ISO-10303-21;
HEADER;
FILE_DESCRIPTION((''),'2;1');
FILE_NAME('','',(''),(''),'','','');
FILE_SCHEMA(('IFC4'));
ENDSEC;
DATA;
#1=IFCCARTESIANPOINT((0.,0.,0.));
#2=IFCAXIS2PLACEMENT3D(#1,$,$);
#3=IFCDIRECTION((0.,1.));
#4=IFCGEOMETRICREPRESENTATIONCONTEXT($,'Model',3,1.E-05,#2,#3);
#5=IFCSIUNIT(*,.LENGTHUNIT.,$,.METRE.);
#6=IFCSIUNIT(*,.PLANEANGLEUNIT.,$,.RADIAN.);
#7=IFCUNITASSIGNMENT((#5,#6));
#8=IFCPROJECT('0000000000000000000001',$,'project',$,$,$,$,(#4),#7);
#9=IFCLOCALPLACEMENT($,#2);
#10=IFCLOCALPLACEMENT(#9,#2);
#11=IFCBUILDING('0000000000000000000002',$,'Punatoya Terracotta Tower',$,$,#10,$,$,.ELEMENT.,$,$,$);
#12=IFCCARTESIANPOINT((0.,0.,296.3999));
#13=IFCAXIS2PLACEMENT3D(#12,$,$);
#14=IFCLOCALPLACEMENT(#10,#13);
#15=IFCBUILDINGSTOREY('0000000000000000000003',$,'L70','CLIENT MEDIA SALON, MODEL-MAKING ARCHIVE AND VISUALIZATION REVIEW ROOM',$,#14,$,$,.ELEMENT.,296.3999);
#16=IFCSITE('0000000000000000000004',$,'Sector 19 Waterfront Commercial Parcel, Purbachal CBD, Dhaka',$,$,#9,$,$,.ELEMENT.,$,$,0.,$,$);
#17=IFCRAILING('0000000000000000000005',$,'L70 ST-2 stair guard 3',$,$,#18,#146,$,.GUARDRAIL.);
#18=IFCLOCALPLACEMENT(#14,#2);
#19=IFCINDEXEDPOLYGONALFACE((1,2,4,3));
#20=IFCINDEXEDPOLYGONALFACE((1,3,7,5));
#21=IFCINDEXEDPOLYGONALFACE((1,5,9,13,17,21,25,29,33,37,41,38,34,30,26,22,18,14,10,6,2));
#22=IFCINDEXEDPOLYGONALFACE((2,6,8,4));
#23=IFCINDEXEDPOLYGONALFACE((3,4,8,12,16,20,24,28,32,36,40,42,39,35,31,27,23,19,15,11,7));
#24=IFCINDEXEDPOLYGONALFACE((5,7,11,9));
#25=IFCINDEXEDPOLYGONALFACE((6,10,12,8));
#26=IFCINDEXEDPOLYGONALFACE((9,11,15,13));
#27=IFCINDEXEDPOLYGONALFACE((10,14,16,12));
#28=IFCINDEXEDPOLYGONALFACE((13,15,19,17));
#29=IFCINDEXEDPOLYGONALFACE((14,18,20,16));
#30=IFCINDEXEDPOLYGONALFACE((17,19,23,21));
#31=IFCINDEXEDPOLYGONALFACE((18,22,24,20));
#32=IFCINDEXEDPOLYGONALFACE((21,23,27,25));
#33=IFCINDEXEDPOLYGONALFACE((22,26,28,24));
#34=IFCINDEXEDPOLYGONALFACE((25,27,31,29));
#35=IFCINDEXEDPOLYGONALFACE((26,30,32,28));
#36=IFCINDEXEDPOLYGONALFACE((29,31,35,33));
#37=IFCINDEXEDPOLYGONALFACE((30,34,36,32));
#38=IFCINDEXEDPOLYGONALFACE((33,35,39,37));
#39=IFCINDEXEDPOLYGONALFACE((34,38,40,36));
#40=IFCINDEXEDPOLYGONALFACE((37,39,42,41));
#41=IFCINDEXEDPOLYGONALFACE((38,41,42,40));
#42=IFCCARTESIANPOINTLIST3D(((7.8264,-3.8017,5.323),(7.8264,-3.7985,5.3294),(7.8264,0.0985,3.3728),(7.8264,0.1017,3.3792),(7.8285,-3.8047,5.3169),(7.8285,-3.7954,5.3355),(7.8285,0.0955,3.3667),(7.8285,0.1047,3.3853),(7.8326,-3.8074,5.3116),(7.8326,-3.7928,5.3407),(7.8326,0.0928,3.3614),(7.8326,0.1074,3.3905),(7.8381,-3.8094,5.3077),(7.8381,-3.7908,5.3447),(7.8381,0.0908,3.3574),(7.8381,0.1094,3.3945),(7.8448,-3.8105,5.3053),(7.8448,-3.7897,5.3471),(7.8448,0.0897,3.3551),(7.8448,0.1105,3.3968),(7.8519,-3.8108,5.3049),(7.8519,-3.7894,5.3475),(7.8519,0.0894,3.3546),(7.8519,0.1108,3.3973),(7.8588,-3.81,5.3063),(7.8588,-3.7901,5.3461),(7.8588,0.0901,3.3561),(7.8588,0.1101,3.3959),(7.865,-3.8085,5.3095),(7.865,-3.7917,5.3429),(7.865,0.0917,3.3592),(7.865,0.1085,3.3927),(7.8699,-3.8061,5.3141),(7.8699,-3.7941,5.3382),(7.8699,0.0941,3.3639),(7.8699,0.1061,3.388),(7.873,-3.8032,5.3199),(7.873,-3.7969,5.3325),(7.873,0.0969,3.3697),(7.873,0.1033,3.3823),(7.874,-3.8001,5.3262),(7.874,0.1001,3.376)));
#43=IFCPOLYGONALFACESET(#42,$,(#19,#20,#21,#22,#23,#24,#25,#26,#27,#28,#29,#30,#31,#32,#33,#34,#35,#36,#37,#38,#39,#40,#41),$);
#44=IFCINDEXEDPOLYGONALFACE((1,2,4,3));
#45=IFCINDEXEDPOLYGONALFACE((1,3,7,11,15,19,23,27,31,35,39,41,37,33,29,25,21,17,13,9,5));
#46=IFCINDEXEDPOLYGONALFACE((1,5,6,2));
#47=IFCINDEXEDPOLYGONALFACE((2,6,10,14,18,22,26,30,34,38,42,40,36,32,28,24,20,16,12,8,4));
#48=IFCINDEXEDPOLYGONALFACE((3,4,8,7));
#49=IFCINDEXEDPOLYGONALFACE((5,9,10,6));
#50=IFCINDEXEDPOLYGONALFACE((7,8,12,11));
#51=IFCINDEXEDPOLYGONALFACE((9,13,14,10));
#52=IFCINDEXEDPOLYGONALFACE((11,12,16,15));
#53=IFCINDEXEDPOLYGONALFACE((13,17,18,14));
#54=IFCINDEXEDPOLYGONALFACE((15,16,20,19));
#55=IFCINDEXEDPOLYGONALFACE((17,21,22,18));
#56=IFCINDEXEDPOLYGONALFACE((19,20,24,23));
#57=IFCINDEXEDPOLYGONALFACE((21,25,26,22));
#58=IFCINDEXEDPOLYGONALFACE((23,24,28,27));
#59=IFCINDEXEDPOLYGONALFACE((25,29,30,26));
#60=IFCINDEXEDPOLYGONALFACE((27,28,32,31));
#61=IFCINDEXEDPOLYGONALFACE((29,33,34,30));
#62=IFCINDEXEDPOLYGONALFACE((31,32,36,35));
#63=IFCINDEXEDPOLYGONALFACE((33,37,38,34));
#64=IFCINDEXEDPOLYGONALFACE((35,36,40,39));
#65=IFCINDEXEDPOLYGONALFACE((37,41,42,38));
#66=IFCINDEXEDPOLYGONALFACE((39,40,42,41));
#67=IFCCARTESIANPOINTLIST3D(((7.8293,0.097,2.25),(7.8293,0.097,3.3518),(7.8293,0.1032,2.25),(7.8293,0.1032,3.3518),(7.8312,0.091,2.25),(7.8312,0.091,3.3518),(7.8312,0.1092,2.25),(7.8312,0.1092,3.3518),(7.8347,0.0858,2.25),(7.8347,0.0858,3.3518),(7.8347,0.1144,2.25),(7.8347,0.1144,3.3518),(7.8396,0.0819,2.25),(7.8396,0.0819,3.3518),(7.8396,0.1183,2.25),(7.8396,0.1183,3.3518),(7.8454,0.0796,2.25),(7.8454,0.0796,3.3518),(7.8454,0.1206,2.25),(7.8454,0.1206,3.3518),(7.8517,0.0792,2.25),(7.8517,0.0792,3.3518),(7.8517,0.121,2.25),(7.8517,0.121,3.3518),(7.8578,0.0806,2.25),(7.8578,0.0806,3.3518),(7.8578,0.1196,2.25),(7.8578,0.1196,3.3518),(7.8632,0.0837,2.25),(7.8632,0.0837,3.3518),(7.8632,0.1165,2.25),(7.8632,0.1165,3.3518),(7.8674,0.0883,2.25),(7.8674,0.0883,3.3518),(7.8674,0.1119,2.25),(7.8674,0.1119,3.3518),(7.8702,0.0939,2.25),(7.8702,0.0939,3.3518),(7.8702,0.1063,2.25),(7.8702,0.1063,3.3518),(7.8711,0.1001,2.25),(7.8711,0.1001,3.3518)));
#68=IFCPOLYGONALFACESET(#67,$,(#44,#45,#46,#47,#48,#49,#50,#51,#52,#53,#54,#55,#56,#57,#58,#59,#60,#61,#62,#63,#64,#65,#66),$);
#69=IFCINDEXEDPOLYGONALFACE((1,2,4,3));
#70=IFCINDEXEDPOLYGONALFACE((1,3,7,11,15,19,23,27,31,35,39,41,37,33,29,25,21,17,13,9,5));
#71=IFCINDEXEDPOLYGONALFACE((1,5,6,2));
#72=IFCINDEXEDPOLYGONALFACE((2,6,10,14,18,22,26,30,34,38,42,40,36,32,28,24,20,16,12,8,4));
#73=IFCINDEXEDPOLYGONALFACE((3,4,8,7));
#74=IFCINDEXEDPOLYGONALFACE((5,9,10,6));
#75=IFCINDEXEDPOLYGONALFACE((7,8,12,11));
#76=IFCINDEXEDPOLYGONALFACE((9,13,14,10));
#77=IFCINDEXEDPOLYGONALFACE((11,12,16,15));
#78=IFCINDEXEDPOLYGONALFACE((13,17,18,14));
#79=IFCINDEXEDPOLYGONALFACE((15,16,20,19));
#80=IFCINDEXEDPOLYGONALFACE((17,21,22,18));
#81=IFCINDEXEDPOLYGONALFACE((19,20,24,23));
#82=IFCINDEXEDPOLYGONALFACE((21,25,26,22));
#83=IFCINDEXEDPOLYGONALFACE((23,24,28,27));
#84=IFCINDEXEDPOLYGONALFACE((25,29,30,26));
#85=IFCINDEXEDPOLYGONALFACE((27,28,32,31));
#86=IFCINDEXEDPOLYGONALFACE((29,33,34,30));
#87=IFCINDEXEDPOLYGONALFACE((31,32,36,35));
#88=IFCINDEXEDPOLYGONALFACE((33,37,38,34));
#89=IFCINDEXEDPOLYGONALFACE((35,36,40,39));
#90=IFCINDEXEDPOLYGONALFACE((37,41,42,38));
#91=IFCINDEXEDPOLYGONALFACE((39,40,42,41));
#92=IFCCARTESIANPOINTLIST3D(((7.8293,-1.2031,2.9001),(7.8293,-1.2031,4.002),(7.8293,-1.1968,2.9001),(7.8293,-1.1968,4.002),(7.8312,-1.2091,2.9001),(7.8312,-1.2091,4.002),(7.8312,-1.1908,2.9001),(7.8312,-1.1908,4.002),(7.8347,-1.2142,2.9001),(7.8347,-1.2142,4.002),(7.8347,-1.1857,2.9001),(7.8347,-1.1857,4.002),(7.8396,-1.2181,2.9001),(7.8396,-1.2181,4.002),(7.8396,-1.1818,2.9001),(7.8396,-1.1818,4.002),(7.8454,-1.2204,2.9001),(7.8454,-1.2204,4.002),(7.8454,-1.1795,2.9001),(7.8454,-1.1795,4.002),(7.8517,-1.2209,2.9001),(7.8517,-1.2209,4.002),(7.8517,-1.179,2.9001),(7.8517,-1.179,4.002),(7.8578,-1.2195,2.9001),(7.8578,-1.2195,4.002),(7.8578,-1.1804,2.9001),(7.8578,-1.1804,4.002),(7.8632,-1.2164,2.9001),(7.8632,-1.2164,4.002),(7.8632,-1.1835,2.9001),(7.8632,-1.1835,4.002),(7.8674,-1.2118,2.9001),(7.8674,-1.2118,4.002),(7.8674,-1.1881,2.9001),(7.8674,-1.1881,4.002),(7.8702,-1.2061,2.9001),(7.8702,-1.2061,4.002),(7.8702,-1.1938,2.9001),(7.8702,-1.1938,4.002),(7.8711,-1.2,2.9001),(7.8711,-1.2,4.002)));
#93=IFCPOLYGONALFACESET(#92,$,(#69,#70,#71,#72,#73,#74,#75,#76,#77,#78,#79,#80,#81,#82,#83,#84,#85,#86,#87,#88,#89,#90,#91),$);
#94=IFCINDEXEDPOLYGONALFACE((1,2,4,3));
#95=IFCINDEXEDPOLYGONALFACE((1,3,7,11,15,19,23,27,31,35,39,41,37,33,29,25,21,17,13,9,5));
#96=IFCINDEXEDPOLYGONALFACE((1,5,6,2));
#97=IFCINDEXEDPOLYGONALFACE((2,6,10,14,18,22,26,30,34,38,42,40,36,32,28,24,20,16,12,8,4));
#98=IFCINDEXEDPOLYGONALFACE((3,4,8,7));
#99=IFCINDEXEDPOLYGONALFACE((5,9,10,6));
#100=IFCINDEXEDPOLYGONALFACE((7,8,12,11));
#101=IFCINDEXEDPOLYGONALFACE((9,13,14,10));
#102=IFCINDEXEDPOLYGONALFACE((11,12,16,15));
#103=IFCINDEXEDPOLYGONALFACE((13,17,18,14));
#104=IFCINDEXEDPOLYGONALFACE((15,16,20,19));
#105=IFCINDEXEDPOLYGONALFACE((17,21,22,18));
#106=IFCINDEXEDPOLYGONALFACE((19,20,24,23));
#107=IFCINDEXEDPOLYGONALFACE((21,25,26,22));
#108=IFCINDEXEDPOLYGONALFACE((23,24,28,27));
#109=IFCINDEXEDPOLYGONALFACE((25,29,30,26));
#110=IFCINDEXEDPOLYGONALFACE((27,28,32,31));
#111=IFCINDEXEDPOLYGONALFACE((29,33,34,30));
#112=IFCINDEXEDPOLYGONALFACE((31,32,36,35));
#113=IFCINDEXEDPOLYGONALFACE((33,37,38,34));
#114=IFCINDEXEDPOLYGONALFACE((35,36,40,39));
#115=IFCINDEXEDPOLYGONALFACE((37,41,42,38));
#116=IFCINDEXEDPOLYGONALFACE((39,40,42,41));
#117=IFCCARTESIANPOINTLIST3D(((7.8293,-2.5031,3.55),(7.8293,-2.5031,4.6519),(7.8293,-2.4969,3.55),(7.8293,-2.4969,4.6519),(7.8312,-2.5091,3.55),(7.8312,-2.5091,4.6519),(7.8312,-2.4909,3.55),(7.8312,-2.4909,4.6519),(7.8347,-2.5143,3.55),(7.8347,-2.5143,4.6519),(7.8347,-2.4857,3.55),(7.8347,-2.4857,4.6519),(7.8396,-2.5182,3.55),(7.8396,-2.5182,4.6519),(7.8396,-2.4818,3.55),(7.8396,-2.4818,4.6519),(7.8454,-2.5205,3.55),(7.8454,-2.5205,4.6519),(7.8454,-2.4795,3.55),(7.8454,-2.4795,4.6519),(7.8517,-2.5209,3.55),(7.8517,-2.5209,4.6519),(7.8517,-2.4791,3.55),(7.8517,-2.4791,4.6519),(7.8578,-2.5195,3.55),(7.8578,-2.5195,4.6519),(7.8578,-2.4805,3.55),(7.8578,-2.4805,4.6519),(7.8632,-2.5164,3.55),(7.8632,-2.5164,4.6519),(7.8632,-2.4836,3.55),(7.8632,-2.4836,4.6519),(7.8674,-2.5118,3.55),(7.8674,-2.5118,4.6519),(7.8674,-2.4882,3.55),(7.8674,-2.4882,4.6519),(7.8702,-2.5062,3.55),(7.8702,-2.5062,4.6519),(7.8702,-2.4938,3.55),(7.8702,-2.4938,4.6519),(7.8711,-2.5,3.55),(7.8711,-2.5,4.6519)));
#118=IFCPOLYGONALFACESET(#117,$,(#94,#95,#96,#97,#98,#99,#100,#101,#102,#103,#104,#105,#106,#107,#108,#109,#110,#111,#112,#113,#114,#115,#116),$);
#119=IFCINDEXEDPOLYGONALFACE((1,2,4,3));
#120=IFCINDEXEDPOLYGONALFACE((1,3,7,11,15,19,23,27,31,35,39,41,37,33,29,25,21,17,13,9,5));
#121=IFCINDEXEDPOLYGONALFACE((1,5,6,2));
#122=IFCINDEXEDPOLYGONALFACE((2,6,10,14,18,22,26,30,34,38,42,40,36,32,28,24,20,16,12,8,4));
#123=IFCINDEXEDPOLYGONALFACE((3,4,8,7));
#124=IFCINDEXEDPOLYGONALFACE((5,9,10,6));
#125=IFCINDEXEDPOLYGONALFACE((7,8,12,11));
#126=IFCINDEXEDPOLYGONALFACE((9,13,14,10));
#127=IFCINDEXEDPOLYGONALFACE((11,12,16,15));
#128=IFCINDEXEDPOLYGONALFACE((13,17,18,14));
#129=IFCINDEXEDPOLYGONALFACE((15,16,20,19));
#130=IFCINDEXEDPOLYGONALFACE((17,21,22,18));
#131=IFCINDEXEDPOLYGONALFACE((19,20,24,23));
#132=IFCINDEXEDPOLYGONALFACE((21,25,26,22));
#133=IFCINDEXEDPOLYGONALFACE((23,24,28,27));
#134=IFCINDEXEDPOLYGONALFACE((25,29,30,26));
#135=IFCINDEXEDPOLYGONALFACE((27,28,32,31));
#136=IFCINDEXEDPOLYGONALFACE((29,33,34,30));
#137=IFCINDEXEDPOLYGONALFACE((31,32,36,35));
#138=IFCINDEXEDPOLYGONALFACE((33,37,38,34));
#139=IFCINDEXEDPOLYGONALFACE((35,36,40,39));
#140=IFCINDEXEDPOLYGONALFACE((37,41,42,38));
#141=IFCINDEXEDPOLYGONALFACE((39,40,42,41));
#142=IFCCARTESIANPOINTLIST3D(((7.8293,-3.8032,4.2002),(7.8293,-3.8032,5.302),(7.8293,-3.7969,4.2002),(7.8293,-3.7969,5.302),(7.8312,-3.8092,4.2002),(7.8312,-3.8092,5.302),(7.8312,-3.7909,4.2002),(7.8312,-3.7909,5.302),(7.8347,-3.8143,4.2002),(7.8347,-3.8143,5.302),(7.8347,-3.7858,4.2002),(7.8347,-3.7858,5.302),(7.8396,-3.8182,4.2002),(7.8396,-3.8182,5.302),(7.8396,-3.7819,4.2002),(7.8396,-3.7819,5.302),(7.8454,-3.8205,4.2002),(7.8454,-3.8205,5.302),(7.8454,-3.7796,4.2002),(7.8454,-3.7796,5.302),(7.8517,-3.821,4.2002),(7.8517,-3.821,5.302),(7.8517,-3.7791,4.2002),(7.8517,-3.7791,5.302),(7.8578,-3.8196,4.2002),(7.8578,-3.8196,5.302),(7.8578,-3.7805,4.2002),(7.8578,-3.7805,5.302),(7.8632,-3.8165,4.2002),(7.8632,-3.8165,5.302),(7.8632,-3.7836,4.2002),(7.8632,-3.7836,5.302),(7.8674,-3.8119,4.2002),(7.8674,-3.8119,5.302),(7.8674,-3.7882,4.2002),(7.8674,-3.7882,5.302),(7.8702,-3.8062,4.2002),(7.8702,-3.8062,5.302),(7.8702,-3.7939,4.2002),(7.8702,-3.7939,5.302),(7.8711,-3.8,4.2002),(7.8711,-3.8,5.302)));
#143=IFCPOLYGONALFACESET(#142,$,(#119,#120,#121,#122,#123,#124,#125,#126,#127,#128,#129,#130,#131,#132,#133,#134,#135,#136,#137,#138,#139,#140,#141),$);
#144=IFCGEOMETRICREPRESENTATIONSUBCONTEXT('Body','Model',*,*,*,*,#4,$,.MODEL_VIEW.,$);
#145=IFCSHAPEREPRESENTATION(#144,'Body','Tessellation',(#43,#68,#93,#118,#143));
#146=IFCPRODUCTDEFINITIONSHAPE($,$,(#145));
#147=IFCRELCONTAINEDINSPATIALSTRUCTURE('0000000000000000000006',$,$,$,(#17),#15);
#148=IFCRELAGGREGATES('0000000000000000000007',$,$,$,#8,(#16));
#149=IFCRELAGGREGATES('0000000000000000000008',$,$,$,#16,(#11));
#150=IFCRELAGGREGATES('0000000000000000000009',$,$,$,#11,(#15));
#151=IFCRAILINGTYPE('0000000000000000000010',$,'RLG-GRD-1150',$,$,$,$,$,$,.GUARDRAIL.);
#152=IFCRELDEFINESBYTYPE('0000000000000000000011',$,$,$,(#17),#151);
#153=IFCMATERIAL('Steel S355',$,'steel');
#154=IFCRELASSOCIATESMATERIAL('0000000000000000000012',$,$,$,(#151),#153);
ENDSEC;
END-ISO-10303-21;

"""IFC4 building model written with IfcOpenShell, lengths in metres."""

from ifc_helpers import new_model, si_unit, direction, frame, origin, origin_2d, place, context, subcontext, project, spatial, circle, extrude, material, type_object, element, save


model = new_model("IFC4")

# Units and contexts
model_context = context("Model", 3, precision=1e-05, world=origin(), true_north=direction((0.0, 1.0)))
body_context = subcontext(model_context, "Body", "Model", "MODEL_VIEW")
ifc_project = project(units=[si_unit("LENGTHUNIT", "METRE"), si_unit("PLANEANGLEUNIT", "RADIAN")], contexts=[model_context])

# Site, building, storey
site_placement = place(None, origin())
site = spatial("IfcSite", under=ifc_project, at=site_placement, Name="Sector 19 Waterfront Commercial Parcel, Purbachal CBD, Dhaka", CompositionType="ELEMENT", RefElevation=0.0)
building_placement = place(site_placement, origin())
building = spatial("IfcBuilding", under=site, at=building_placement, Name="Punatoya Terracotta Tower", CompositionType="ELEMENT")
storey_placement = place(building_placement, frame((0.0, 0.0, 296.3999)))
storey = spatial("IfcBuildingStorey", under=building, at=storey_placement, Name="L70", Description="CLIENT MEDIA SALON, MODEL-MAKING ARCHIVE AND VISUALIZATION REVIEW ROOM", CompositionType="ELEMENT", Elevation=296.3999)

# Shared definitions
ifc_material_1 = material(Name="Steel S355", Category="steel")

# Railing
railing_type_1 = type_object("IfcRailingType", Name="RLG-GRD-1150", PredefinedType="GUARDRAIL", material=ifc_material_1)
railing_1_placement = place(storey_placement, frame((7.8501, 0.1001, 2.25)))
element("IfcRailing", 1, at=railing_1_placement, inside=storey, type_object=railing_type_1, Name="L70 ST-2 stair guard 3", PredefinedType="GUARDRAIL", context=body_context, shape_type="SweptSolid", body=[
    extrude(circle(Radius=0.0239, at=origin_2d()), frame((0.0, 0.0, 1.126), z_axis=(0.0, -0.894416, 0.447236), x_axis=(1.0, 0.0, 0.0)), (0.0, 0.0, 1.0), 4.3606),
    extrude(circle(Radius=0.021, at=origin_2d()), origin(), (0.0, 0.0, 1.0), 1.1018),
    extrude(circle(Radius=0.021, at=origin_2d()), frame((0.0, -1.3, 0.6501)), (0.0, 0.0, 1.0), 1.1018),
    extrude(circle(Radius=0.021, at=origin_2d()), frame((0.0, -2.6001, 1.3)), (0.0, 0.0, 1.0), 1.1018),
    extrude(circle(Radius=0.021, at=origin_2d()), frame((0.0, -3.9001, 1.9502)), (0.0, 0.0, 1.0), 1.1018),
])

save(model, "model.ifc")
